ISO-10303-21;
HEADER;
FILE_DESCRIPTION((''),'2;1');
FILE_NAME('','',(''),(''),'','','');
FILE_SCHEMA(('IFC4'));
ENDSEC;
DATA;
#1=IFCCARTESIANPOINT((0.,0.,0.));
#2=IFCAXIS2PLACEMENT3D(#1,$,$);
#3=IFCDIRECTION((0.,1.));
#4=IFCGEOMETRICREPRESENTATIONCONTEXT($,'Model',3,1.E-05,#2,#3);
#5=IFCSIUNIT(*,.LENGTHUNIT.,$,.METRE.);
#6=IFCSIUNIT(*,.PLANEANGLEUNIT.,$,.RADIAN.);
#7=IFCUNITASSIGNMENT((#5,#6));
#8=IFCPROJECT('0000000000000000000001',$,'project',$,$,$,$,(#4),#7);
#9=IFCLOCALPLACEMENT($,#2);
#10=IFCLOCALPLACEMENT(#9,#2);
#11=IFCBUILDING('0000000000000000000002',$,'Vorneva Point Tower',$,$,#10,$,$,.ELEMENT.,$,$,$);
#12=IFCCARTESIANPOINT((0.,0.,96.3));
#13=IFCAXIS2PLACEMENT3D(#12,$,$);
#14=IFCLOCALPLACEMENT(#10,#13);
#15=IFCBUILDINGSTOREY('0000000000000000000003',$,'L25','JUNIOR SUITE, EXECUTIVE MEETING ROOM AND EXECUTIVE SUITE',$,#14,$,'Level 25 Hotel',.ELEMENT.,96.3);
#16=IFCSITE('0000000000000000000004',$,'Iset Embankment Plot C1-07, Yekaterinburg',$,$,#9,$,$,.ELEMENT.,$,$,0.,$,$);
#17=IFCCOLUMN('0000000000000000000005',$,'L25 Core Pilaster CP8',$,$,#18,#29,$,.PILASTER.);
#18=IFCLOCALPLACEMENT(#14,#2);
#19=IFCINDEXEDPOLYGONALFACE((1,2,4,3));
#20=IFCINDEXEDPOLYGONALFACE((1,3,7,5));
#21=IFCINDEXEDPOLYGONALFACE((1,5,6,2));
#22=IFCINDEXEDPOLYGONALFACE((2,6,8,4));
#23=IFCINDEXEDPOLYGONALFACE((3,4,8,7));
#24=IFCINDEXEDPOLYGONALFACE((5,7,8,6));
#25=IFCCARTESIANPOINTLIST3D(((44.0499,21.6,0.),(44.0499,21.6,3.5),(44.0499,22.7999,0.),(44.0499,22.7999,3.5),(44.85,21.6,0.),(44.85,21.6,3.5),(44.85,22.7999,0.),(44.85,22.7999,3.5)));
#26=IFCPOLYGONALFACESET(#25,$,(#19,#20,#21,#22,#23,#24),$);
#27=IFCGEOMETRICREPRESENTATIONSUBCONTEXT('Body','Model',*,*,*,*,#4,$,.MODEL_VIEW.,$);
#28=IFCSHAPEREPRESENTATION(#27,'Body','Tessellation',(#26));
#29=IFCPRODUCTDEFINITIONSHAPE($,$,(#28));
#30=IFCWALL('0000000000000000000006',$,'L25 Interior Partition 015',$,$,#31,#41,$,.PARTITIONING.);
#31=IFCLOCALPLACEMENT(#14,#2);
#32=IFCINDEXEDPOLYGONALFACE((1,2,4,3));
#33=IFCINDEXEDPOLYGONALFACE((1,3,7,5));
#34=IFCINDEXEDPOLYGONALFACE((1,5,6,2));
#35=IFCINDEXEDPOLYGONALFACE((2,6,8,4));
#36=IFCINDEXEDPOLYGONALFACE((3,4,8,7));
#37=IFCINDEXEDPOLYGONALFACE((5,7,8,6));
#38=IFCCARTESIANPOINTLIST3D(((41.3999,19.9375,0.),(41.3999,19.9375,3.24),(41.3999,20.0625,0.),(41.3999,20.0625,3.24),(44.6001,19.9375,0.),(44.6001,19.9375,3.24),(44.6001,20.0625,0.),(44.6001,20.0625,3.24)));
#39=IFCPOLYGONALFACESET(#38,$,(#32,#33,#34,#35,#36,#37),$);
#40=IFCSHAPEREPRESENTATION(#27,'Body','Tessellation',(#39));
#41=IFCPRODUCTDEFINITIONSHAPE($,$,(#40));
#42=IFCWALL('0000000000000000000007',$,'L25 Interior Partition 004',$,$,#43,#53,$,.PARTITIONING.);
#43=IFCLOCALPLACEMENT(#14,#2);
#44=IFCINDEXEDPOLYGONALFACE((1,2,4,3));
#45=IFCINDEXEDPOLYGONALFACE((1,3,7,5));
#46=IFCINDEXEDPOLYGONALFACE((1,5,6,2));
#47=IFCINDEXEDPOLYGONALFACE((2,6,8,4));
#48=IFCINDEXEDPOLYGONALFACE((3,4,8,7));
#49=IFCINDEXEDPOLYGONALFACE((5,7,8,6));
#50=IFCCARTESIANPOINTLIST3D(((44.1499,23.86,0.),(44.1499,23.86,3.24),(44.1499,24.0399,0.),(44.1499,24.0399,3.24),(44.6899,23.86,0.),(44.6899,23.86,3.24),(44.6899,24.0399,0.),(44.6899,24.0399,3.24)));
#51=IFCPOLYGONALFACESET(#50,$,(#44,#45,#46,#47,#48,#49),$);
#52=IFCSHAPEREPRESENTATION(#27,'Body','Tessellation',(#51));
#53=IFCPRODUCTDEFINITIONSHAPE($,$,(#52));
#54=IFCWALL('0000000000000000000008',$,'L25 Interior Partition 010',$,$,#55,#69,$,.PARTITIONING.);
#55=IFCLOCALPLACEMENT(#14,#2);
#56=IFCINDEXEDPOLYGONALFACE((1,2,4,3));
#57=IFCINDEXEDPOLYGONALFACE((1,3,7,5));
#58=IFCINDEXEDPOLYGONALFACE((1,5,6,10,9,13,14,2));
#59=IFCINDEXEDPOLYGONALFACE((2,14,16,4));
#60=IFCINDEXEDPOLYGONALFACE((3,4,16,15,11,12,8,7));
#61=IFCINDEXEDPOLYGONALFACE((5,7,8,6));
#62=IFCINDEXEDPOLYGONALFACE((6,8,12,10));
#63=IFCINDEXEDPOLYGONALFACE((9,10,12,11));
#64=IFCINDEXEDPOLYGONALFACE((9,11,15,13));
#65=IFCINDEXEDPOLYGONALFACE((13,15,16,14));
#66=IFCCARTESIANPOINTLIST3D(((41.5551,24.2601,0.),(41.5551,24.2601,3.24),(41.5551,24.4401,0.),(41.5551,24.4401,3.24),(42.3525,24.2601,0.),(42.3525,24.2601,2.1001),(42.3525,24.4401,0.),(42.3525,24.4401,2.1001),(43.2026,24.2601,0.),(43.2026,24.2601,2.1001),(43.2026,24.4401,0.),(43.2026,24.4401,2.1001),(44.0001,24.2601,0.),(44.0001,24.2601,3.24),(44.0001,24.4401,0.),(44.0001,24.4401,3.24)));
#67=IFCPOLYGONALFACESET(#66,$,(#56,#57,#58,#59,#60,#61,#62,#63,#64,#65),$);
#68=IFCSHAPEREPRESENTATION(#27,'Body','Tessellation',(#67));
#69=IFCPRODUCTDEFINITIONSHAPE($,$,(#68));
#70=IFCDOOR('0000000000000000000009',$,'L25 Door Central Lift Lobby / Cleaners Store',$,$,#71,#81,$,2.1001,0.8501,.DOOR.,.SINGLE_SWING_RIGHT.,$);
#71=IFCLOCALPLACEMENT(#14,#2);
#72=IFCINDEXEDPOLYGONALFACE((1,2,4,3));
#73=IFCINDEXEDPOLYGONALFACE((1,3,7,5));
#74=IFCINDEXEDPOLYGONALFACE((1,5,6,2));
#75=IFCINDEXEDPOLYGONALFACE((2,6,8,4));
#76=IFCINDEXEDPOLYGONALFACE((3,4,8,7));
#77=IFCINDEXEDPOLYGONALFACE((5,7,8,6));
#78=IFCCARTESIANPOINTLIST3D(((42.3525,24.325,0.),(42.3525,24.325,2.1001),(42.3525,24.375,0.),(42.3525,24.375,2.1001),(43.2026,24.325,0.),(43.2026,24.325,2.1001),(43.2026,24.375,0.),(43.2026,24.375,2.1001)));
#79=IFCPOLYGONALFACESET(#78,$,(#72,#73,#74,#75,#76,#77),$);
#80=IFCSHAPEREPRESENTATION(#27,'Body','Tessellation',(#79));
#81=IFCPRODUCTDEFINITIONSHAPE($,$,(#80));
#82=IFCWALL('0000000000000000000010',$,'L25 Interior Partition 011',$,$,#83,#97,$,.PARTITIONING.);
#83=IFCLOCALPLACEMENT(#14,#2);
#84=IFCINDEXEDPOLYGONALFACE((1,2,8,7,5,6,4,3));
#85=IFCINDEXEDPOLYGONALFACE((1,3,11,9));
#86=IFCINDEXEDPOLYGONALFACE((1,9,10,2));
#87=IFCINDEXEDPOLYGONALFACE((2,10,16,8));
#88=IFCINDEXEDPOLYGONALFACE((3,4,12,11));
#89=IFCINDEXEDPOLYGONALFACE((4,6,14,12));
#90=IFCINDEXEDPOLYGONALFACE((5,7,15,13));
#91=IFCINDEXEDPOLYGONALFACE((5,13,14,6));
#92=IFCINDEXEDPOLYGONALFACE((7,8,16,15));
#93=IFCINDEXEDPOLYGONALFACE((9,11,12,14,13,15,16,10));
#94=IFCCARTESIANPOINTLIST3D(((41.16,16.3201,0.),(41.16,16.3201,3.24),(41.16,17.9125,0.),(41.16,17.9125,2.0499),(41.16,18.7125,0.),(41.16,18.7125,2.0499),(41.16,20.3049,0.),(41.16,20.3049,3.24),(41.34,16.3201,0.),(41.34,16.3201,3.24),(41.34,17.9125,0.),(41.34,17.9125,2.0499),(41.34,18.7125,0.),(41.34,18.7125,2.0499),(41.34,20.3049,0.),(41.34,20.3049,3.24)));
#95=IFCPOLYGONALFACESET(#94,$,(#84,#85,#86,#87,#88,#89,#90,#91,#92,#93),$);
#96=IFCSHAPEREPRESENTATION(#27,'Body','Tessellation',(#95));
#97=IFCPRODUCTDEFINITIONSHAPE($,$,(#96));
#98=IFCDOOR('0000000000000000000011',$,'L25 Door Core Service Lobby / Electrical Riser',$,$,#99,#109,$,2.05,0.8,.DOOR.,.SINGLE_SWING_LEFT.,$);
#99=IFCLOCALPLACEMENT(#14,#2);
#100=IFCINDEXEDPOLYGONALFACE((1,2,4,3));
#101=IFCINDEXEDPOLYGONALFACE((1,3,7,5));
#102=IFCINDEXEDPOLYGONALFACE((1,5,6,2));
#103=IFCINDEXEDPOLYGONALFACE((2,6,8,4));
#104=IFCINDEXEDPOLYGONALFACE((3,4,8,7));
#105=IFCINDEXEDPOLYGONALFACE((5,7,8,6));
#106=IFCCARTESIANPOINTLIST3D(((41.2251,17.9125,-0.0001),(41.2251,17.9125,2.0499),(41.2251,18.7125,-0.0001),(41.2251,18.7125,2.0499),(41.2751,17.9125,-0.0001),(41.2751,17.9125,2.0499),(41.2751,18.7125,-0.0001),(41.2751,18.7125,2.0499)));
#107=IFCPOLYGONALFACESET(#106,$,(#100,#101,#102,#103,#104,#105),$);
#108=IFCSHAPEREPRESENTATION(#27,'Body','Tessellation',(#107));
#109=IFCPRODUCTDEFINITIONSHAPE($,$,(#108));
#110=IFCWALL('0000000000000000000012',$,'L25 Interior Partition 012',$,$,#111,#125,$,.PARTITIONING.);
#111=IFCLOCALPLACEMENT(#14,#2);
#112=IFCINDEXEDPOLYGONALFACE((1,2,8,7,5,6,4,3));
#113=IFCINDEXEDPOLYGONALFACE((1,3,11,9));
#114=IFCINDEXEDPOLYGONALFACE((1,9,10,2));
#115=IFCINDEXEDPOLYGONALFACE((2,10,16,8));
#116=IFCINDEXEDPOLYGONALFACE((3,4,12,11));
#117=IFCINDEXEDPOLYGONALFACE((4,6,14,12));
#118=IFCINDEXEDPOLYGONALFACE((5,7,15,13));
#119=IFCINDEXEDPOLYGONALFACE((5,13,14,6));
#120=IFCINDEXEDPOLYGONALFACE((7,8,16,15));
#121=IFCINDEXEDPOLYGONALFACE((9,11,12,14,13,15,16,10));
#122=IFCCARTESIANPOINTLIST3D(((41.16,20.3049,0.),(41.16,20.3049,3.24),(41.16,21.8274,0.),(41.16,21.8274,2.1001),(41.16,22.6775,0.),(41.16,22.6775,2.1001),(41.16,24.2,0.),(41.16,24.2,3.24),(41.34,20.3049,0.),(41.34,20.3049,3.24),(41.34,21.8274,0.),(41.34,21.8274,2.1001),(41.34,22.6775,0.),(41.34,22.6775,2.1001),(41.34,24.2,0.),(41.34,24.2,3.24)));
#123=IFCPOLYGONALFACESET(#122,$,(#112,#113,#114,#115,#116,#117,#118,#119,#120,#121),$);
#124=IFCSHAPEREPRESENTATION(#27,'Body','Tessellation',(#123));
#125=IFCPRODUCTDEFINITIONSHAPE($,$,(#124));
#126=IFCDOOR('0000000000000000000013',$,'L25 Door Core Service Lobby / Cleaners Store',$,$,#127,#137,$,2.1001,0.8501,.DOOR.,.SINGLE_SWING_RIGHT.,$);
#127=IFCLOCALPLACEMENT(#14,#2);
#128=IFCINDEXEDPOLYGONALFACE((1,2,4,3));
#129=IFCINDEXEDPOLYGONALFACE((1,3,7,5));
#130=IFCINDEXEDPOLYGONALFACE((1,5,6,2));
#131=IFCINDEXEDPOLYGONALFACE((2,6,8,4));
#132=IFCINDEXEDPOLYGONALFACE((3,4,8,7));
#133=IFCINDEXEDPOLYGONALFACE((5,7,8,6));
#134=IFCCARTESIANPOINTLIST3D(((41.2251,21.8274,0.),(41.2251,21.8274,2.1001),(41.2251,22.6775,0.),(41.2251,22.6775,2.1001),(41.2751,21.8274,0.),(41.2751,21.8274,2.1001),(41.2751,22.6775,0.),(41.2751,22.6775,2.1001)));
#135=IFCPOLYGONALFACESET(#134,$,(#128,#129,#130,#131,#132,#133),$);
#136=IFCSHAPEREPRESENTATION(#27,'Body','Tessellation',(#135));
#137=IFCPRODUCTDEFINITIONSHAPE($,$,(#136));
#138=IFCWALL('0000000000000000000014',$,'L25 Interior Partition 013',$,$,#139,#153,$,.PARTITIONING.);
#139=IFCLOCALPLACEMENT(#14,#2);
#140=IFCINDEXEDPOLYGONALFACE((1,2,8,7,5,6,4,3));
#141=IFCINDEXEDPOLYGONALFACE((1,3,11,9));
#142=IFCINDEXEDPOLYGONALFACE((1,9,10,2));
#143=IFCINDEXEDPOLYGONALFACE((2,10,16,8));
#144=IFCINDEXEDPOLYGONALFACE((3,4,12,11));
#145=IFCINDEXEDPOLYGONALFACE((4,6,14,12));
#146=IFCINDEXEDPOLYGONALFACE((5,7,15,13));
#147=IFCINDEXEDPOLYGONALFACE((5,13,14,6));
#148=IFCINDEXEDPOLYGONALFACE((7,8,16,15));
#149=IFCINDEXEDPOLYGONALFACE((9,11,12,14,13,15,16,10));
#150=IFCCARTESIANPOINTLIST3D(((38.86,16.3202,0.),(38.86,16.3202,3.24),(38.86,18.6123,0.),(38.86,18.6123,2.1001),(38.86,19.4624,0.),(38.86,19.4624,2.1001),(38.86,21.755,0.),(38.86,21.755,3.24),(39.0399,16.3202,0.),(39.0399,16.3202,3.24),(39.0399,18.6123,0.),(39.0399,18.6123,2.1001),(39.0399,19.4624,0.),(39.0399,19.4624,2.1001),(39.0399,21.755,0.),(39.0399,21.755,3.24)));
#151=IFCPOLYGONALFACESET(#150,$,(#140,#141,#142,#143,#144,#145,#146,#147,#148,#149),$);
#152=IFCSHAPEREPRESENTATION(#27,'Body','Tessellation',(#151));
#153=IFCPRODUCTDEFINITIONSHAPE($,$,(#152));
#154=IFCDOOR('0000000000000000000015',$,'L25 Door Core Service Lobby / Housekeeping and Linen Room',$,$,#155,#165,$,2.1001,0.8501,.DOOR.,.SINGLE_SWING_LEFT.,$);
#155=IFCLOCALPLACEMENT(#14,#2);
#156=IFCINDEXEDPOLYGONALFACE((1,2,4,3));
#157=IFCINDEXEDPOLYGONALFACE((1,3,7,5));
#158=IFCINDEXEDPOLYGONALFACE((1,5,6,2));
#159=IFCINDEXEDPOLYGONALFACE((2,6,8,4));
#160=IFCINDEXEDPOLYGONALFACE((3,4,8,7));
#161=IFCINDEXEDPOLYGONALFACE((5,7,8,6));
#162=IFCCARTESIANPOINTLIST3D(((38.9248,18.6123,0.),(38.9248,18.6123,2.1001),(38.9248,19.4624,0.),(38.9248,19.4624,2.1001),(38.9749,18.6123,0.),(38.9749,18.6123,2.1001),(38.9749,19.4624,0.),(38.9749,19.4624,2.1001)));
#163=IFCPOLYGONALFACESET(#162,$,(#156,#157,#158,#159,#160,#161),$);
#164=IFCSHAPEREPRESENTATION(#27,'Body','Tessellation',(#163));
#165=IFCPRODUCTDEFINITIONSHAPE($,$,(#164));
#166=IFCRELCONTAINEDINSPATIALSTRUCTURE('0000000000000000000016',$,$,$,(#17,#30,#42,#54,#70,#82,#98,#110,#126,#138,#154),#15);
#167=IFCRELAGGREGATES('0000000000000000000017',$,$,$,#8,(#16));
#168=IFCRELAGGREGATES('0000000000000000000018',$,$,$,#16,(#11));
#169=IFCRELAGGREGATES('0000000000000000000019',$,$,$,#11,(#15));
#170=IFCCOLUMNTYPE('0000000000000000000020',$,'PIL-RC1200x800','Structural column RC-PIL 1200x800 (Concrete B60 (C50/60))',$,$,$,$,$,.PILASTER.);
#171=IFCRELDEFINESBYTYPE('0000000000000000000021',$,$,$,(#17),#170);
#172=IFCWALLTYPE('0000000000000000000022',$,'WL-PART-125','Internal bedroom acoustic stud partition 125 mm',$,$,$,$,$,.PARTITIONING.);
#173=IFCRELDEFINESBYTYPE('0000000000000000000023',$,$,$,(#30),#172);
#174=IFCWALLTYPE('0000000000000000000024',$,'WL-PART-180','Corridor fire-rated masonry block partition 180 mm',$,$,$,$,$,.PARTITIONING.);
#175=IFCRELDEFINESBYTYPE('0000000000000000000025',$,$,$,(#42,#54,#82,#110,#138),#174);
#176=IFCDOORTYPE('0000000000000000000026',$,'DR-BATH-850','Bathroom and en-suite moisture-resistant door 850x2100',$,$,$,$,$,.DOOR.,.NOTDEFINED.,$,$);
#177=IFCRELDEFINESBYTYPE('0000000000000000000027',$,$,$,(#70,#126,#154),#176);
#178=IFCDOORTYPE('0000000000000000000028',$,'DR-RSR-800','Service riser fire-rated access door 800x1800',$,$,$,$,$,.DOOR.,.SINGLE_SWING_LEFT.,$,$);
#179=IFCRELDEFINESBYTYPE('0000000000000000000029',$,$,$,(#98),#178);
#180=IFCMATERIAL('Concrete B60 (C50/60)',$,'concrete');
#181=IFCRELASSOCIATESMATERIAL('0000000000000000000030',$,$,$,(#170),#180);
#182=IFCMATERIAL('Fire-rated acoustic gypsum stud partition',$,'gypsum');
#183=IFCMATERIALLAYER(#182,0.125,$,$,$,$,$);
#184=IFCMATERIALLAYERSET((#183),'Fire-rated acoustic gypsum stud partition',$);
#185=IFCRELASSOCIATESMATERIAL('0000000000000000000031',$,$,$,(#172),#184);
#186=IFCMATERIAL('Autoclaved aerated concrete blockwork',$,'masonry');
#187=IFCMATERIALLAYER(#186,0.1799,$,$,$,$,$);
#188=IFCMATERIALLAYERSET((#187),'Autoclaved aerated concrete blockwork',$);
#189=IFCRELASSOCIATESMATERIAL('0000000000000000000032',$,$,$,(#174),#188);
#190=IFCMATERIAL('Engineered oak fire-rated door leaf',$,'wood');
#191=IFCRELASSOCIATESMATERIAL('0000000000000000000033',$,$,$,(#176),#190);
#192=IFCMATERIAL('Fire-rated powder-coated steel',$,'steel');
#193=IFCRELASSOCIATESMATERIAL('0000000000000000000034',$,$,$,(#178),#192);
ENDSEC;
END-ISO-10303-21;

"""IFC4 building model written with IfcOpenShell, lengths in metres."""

from ifc_helpers import new_model, si_unit, direction, frame, frame_2d, origin, origin_2d, place, context, subcontext, project, spatial, rectangle, extrude, material, layer, layer_set, material_profile, profile_set, type_object, element, fill, save


model = new_model("IFC4")

# Units and contexts
model_context = context("Model", 3, precision=1e-05, world=origin(), true_north=direction((0.0, 1.0)))
body_context = subcontext(model_context, "Body", "Model", "MODEL_VIEW")
ifc_project = project(units=[si_unit("LENGTHUNIT", "METRE"), si_unit("PLANEANGLEUNIT", "RADIAN")], contexts=[model_context])

# Site, building, storey
site_placement = place(None, origin())
site = spatial("IfcSite", under=ifc_project, at=site_placement, Name="Iset Embankment Plot C1-07, Yekaterinburg", CompositionType="ELEMENT", RefElevation=0.0)
building_placement = place(site_placement, origin())
building = spatial("IfcBuilding", under=site, at=building_placement, Name="Vorneva Point Tower", CompositionType="ELEMENT")
storey_placement = place(building_placement, frame((0.0, 0.0, 96.3)))
storey = spatial("IfcBuildingStorey", under=building, at=storey_placement, Name="L25", Description="JUNIOR SUITE, EXECUTIVE MEETING ROOM AND EXECUTIVE SUITE", LongName="Level 25 Hotel", CompositionType="ELEMENT", Elevation=96.3)

# Column
ifc_material_1 = material(Name="Concrete B60 (C50/60)", Category="concrete")
ifc_material_profile = material_profile(ifc_material_1, rectangle(XDim=0.8, YDim=1.2, at=origin_2d()), Name="RC-PIL 1200x800")
ifc_profile_set = profile_set([ifc_material_profile], Name="Concrete B60 (C50/60)")
column_type = type_object("IfcColumnType", Name="PIL-RC1200x800", Description="Structural column RC-PIL 1200x800 (Concrete B60 (C50/60))", PredefinedType="PILASTER", material=ifc_profile_set)
column_placement = place(storey_placement, frame((44.45, 22.2, 0.0), z_axis=(0.0, 0.0, 1.0), x_axis=(1.0, 0.0, 0.0)))
element("IfcColumn", 1, at=column_placement, inside=storey, type_object=column_type, Name="L25 Core Pilaster CP8", PredefinedType="PILASTER", context=body_context, shape_type="SweptSolid", body=[
    extrude(rectangle(XDim=0.8, YDim=1.2, at=origin_2d()), origin(), (0.0, 0.0, 1.0), 3.5),
])

# Walls
ifc_material_2 = material(Name="Fire-rated acoustic gypsum stud partition", Category="gypsum")
ifc_layer_1 = layer(ifc_material_2, 0.125)
ifc_layer_set_1 = layer_set([ifc_layer_1], Name="Fire-rated acoustic gypsum stud partition")
wall_type_1 = type_object("IfcWallType", Name="WL-PART-125", Description="Internal bedroom acoustic stud partition 125 mm", PredefinedType="PARTITIONING", material=ifc_layer_set_1)
wall_1_placement = place(storey_placement, frame((44.6001, 20.0, 0.0), z_axis=(0.0, 0.0, 1.0), x_axis=(-1.0, 0.0, 0.0)))
element("IfcWall", 2, at=wall_1_placement, inside=storey, type_object=wall_type_1, Name="L25 Interior Partition 015", PredefinedType="PARTITIONING", context=body_context, shape_type="SweptSolid", body=[
    extrude(rectangle(XDim=3.2002, YDim=0.125, at=frame_2d((1.6001, 0.0))), origin(), (0.0, 0.0, 1.0), 3.24),
])
ifc_material_3 = material(Name="Autoclaved aerated concrete blockwork", Category="masonry")
ifc_layer_2 = layer(ifc_material_3, 0.1799)
ifc_layer_set_2 = layer_set([ifc_layer_2], Name="Autoclaved aerated concrete blockwork")
wall_type_2 = type_object("IfcWallType", Name="WL-PART-180", Description="Corridor fire-rated masonry block partition 180 mm", PredefinedType="PARTITIONING", material=ifc_layer_set_2)
wall_2_placement = place(storey_placement, frame((44.1499, 23.95, 0.0), z_axis=(0.0, 0.0, 1.0), x_axis=(1.0, 0.0, 0.0)))
element("IfcWall", 3, at=wall_2_placement, inside=storey, type_object=wall_type_2, Name="L25 Interior Partition 004", PredefinedType="PARTITIONING", context=body_context, shape_type="SweptSolid", body=[
    extrude(rectangle(XDim=0.54, YDim=0.1799, at=frame_2d((0.27, 0.0))), origin(), (0.0, 0.0, 1.0), 3.24),
])

# Walls, openings, doors
ifc_material_4 = material(Name="Fire-rated powder-coated steel", Category="steel")
wall_3_placement = place(storey_placement, frame((41.5549, 24.3501, 0.0), z_axis=(0.0, 0.0, 1.0), x_axis=(1.0, 0.0, 0.0)))
wall_3 = element("IfcWall", 4, at=wall_3_placement, inside=storey, type_object=wall_type_2, Name="L25 Interior Partition 010", PredefinedType="PARTITIONING", context=body_context, shape_type="SweptSolid", body=[
    extrude(rectangle(XDim=2.4451, YDim=0.1799, at=frame_2d((1.2227, 0.0))), origin(), (0.0, 0.0, 1.0), 3.24),
])
opening_1_placement = place(wall_3_placement, frame((0.7976, 0.0, 0.0)))
opening_1 = element("IfcOpeningElement", 5, at=opening_1_placement, cuts=wall_3, PredefinedType="OPENING", context=body_context, shape_type="SweptSolid", body=[
    extrude(rectangle(XDim=0.8501, YDim=2.1001, at=frame_2d((0.425, 1.05))), frame((0.0, 0.105, 0.0), z_axis=(0.0, -1.0, 0.0), x_axis=(1.0, 0.0, 0.0)), (0.0, 0.0, 1.0), 0.2097),
])
ifc_material_5 = material(Name="Engineered oak fire-rated door leaf", Category="wood")
door_type_1 = type_object("IfcDoorType", Name="DR-BATH-850", Description="Bathroom and en-suite moisture-resistant door 850x2100", OperationType="NOTDEFINED", PredefinedType="DOOR", material=ifc_material_5)
door_1_placement = place(opening_1_placement, origin())
door_1 = element("IfcDoor", 6, at=door_1_placement, inside=storey, type_object=door_type_1, Name="L25 Door Central Lift Lobby / Cleaners Store", OperationType="SINGLE_SWING_RIGHT", OverallHeight=2.1001, OverallWidth=0.8501, PredefinedType="DOOR", context=body_context, shape_type="SweptSolid", body=[
    extrude(rectangle(XDim=0.8501, YDim=2.1001, at=frame_2d((0.425, 1.05))), frame((0.0, 0.0249, 0.0), z_axis=(0.0, -1.0, 0.0), x_axis=(1.0, 0.0, 0.0)), (0.0, 0.0, 1.0), 0.05),
])
fill(opening_1, door_1)
wall_4_placement = place(storey_placement, frame((41.25, 16.3201, 0.0), z_axis=(0.0, 0.0, 1.0), x_axis=(0.0, 1.0, 0.0)))
wall_4 = element("IfcWall", 7, at=wall_4_placement, inside=storey, type_object=wall_type_2, Name="L25 Interior Partition 011", PredefinedType="PARTITIONING", context=body_context, shape_type="SweptSolid", body=[
    extrude(rectangle(XDim=3.9849, YDim=0.1799, at=frame_2d((1.9924, 0.0))), origin(), (0.0, 0.0, 1.0), 3.24),
])
opening_2_placement = place(wall_4_placement, frame((1.5925, 0.0, 0.0)))
opening_2 = element("IfcOpeningElement", 8, at=opening_2_placement, cuts=wall_4, PredefinedType="OPENING", context=body_context, shape_type="SweptSolid", body=[
    extrude(rectangle(XDim=0.8, YDim=2.05, at=frame_2d((0.3999, 1.0249))), frame((0.0, 0.105, 0.0), z_axis=(0.0, -1.0, 0.0), x_axis=(1.0, 0.0, 0.0)), (0.0, 0.0, 1.0), 0.2097),
])
door_type_2 = type_object("IfcDoorType", Name="DR-RSR-800", Description="Service riser fire-rated access door 800x1800", OperationType="SINGLE_SWING_LEFT", PredefinedType="DOOR", material=ifc_material_4)
door_2_placement = place(opening_2_placement, origin())
door_2 = element("IfcDoor", 9, at=door_2_placement, inside=storey, type_object=door_type_2, Name="L25 Door Core Service Lobby / Electrical Riser", OperationType="SINGLE_SWING_LEFT", OverallHeight=2.05, OverallWidth=0.8, PredefinedType="DOOR", context=body_context, shape_type="SweptSolid", body=[
    extrude(rectangle(XDim=0.8, YDim=2.05, at=frame_2d((0.3999, 1.0249))), frame((0.0, 0.0249, 0.0), z_axis=(0.0, -1.0, 0.0), x_axis=(1.0, 0.0, 0.0)), (0.0, 0.0, 1.0), 0.05),
])
fill(opening_2, door_2)
wall_5_placement = place(storey_placement, frame((41.25, 20.3049, 0.0), z_axis=(0.0, 0.0, 1.0), x_axis=(0.0, 1.0, 0.0)))
wall_5 = element("IfcWall", 10, at=wall_5_placement, inside=storey, type_object=wall_type_2, Name="L25 Interior Partition 012", PredefinedType="PARTITIONING", context=body_context, shape_type="SweptSolid", body=[
    extrude(rectangle(XDim=3.895, YDim=0.1799, at=frame_2d((1.9475, 0.0))), origin(), (0.0, 0.0, 1.0), 3.24),
])
opening_3_placement = place(wall_5_placement, frame((1.5225, 0.0, 0.0)))
opening_3 = element("IfcOpeningElement", 11, at=opening_3_placement, cuts=wall_5, PredefinedType="OPENING", context=body_context, shape_type="SweptSolid", body=[
    extrude(rectangle(XDim=0.8501, YDim=2.1001, at=frame_2d((0.425, 1.05))), frame((0.0, 0.105, 0.0), z_axis=(0.0, -1.0, 0.0), x_axis=(1.0, 0.0, 0.0)), (0.0, 0.0, 1.0), 0.2097),
])
door_3_placement = place(opening_3_placement, origin())
door_3 = element("IfcDoor", 12, at=door_3_placement, inside=storey, type_object=door_type_1, Name="L25 Door Core Service Lobby / Cleaners Store", OperationType="SINGLE_SWING_RIGHT", OverallHeight=2.1001, OverallWidth=0.8501, PredefinedType="DOOR", context=body_context, shape_type="SweptSolid", body=[
    extrude(rectangle(XDim=0.8501, YDim=2.1001, at=frame_2d((0.425, 1.05))), frame((0.0, 0.0249, 0.0), z_axis=(0.0, -1.0, 0.0), x_axis=(1.0, 0.0, 0.0)), (0.0, 0.0, 1.0), 0.05),
])
fill(opening_3, door_3)
wall_6_placement = place(storey_placement, frame((38.95, 21.7549, 0.0), z_axis=(0.0, 0.0, 1.0), x_axis=(0.0, -1.0, 0.0)))
wall_6 = element("IfcWall", 13, at=wall_6_placement, inside=storey, type_object=wall_type_2, Name="L25 Interior Partition 013", PredefinedType="PARTITIONING", context=body_context, shape_type="SweptSolid", body=[
    extrude(rectangle(XDim=5.4348, YDim=0.1799, at=frame_2d((2.7173, 0.0))), origin(), (0.0, 0.0, 1.0), 3.24),
])
opening_4_placement = place(wall_6_placement, frame((2.2925, 0.0, 0.0)))
opening_4 = element("IfcOpeningElement", 14, at=opening_4_placement, cuts=wall_6, PredefinedType="OPENING", context=body_context, shape_type="SweptSolid", body=[
    extrude(rectangle(XDim=0.8501, YDim=2.1001, at=frame_2d((0.425, 1.05))), frame((0.0, 0.105, 0.0), z_axis=(0.0, -1.0, 0.0), x_axis=(1.0, 0.0, 0.0)), (0.0, 0.0, 1.0), 0.2097),
])
door_4_placement = place(opening_4_placement, origin())
door_4 = element("IfcDoor", 15, at=door_4_placement, inside=storey, type_object=door_type_1, Name="L25 Door Core Service Lobby / Housekeeping and Linen Room", OperationType="SINGLE_SWING_LEFT", OverallHeight=2.1001, OverallWidth=0.8501, PredefinedType="DOOR", context=body_context, shape_type="SweptSolid", body=[
    extrude(rectangle(XDim=0.8501, YDim=2.1001, at=frame_2d((0.425, 1.05))), frame((0.0, 0.0249, 0.0), z_axis=(0.0, -1.0, 0.0), x_axis=(1.0, 0.0, 0.0)), (0.0, 0.0, 1.0), 0.05),
])
fill(opening_4, door_4)

save(model, "model.ifc")
